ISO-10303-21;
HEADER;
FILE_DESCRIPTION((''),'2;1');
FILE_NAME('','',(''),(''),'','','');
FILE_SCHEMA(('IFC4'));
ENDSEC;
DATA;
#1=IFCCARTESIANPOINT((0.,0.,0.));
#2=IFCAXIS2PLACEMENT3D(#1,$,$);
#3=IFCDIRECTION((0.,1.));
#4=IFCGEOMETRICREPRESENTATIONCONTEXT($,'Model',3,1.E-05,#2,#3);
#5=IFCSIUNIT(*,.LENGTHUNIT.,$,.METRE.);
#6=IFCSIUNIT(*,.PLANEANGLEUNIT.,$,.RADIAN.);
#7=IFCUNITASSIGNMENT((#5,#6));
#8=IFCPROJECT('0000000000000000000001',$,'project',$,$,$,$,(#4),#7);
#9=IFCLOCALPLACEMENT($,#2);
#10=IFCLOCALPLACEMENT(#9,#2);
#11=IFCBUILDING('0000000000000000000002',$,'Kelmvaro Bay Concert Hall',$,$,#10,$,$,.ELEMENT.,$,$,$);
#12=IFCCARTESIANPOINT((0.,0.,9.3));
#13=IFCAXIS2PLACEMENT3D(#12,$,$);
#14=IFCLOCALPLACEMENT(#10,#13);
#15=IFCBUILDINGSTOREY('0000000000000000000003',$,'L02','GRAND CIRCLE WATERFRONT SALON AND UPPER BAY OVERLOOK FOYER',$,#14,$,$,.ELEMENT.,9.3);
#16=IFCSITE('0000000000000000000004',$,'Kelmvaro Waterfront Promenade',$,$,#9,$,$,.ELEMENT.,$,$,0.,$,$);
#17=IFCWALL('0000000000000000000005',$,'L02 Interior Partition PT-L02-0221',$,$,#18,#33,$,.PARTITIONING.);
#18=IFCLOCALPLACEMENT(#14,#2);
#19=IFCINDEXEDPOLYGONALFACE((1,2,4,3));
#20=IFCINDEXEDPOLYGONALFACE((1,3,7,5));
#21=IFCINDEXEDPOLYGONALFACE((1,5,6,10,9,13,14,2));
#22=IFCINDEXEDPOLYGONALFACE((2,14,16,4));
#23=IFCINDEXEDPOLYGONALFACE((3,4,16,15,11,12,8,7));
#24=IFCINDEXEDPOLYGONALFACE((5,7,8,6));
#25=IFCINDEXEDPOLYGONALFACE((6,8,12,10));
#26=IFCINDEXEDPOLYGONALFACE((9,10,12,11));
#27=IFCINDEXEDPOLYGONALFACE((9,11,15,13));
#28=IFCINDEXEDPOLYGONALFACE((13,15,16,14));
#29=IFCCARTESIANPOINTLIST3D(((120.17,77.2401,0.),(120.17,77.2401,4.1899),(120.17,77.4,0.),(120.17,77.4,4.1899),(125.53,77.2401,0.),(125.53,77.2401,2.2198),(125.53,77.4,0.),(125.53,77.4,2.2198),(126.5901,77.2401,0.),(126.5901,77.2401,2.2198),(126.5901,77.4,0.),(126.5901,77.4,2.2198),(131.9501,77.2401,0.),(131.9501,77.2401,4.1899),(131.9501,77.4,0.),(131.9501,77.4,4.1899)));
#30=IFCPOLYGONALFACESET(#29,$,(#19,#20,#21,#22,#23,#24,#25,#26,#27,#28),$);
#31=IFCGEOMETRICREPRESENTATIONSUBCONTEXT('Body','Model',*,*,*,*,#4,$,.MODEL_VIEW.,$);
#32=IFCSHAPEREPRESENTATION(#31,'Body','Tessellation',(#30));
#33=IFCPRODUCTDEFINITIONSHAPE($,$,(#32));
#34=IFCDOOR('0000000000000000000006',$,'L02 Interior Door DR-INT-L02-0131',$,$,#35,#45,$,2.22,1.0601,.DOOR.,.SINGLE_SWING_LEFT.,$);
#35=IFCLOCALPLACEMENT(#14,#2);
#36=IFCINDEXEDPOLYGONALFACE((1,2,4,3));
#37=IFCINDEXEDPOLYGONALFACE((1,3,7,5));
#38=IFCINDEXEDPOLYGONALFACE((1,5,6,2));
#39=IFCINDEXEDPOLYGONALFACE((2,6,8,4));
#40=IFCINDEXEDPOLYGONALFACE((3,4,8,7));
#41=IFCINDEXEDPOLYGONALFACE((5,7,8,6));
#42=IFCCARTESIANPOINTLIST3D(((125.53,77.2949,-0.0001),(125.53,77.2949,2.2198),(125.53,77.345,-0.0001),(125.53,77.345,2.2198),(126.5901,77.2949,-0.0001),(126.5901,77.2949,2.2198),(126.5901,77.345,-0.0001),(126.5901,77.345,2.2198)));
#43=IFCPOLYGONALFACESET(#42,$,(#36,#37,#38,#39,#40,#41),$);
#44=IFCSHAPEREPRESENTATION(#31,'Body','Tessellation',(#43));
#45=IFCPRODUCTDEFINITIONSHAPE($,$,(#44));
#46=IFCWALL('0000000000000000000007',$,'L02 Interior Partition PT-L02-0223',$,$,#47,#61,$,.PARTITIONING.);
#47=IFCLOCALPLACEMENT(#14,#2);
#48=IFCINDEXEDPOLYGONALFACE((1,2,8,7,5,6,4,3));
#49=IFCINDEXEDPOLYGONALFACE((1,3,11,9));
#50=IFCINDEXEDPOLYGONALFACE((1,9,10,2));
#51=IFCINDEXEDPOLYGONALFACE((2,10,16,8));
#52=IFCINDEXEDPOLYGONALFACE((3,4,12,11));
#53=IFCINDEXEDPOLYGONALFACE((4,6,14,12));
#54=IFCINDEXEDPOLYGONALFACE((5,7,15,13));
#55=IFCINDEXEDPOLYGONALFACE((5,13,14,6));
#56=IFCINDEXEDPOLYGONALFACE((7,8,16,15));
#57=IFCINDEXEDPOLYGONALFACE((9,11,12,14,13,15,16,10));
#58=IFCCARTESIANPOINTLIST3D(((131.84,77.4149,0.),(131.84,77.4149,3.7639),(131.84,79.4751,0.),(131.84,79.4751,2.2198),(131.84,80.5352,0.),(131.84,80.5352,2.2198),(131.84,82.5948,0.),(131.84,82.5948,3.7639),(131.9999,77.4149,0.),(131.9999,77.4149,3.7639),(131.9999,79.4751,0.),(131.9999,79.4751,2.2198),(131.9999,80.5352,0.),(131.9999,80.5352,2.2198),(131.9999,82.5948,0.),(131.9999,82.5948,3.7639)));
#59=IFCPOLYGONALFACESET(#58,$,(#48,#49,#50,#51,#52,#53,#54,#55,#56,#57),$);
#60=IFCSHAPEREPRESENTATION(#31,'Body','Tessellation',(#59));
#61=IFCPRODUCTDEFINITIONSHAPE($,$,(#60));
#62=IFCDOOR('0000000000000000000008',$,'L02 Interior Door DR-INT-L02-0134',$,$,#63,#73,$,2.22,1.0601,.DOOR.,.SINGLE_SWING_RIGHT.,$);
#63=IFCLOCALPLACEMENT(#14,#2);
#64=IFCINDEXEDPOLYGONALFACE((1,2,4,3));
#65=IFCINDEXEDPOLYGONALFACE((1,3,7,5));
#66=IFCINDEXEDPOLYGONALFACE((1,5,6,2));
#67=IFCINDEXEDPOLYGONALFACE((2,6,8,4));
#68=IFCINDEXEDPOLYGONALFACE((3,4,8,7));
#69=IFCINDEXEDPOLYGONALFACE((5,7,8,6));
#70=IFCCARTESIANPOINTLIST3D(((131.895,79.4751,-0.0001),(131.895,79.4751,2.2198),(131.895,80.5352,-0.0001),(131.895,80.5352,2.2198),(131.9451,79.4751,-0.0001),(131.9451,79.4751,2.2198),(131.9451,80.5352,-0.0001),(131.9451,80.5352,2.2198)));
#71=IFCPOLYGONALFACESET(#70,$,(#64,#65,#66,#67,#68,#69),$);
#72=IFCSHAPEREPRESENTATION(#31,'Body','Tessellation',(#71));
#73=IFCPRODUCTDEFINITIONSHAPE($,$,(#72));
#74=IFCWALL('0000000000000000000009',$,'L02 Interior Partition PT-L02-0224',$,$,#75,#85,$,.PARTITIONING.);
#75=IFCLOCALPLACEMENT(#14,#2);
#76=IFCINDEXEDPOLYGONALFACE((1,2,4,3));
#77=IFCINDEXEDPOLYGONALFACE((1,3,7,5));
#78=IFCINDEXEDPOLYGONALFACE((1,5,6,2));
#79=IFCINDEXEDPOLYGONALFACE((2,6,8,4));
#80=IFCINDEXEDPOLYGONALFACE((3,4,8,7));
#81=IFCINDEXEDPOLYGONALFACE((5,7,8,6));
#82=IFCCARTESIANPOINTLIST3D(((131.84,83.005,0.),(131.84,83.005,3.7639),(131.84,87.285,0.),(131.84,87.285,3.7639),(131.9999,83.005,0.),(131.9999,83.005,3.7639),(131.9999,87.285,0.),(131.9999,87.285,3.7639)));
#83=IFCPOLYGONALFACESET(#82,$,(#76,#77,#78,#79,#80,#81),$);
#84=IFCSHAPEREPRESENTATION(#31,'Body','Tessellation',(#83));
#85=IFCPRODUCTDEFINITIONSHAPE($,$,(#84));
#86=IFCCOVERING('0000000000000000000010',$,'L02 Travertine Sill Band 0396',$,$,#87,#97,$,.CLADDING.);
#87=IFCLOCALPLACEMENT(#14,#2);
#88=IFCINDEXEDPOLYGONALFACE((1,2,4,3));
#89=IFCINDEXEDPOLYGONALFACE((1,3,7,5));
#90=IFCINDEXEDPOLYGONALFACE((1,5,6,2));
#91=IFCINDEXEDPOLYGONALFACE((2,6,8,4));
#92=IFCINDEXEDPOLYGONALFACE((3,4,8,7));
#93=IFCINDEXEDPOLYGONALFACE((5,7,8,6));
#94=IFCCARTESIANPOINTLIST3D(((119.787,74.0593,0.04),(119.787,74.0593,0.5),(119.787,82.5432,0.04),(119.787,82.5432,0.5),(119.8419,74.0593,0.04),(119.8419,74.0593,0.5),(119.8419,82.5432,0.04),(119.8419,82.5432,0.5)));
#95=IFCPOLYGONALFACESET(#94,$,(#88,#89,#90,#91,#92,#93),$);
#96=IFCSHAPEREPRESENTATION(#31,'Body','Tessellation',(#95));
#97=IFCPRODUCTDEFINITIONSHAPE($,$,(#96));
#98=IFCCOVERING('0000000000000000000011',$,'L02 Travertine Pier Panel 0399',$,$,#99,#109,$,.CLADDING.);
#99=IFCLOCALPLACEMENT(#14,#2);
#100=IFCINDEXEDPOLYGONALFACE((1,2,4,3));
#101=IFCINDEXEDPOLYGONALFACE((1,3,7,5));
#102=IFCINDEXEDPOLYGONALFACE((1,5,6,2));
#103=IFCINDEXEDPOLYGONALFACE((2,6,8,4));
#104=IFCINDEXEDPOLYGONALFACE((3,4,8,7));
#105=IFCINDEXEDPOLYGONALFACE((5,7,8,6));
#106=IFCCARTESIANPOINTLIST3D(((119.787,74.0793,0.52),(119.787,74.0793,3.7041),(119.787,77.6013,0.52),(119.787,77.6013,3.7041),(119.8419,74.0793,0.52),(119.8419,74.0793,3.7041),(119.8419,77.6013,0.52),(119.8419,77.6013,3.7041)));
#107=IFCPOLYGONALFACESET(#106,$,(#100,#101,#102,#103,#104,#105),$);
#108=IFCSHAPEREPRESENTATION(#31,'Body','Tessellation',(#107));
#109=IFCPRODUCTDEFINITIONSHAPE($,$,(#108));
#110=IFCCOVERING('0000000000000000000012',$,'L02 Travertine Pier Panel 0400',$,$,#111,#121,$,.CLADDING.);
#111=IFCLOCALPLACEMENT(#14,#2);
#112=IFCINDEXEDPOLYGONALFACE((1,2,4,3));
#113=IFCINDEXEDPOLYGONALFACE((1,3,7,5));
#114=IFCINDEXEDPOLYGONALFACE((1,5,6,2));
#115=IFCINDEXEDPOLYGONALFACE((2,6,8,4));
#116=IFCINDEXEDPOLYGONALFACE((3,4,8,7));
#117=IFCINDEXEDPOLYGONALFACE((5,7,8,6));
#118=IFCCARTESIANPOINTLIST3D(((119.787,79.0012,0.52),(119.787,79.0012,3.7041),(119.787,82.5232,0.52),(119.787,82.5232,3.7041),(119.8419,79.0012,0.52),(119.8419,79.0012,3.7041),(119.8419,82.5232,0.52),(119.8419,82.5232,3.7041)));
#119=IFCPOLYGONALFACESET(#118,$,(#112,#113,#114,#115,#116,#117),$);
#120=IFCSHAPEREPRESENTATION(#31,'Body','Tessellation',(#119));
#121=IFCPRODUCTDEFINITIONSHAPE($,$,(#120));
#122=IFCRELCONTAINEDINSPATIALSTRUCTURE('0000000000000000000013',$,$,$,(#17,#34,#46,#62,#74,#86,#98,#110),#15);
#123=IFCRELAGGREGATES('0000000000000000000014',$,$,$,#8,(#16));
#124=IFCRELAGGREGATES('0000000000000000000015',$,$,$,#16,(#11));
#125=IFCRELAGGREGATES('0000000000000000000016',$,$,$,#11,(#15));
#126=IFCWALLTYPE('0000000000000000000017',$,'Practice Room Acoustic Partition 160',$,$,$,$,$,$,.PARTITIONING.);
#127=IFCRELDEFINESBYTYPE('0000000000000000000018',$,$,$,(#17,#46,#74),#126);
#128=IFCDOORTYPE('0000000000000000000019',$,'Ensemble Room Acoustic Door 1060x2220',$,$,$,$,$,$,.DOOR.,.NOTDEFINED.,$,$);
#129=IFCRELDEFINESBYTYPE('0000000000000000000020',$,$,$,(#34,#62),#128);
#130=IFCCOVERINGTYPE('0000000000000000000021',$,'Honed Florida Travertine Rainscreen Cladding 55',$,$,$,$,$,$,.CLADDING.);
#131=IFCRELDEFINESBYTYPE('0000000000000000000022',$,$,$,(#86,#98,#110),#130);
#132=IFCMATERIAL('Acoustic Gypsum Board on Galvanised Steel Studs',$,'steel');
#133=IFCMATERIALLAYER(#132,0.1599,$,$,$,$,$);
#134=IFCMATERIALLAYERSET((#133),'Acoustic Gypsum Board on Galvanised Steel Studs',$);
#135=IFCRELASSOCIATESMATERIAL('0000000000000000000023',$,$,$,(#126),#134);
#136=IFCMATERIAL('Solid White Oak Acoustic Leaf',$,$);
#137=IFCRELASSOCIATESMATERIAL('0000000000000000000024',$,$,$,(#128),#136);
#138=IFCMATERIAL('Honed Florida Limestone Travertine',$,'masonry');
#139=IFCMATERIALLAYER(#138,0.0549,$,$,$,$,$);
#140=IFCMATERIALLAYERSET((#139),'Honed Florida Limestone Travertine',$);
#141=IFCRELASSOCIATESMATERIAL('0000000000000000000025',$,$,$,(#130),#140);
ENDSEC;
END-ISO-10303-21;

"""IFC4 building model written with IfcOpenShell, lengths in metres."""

from ifc_helpers import new_model, si_unit, direction, frame, frame_2d, origin, origin_2d, place, context, subcontext, project, spatial, rectangle, extrude, material, layer, layer_set, type_object, element, fill, save


model = new_model("IFC4")

# Units and contexts
model_context = context("Model", 3, precision=1e-05, world=origin(), true_north=direction((0.0, 1.0)))
body_context = subcontext(model_context, "Body", "Model", "MODEL_VIEW")
ifc_project = project(units=[si_unit("LENGTHUNIT", "METRE"), si_unit("PLANEANGLEUNIT", "RADIAN")], contexts=[model_context])

# Site, building, storey
site_placement = place(None, origin())
site = spatial("IfcSite", under=ifc_project, at=site_placement, Name="Kelmvaro Waterfront Promenade", CompositionType="ELEMENT", RefElevation=0.0)
building_placement = place(site_placement, origin())
building = spatial("IfcBuilding", under=site, at=building_placement, Name="Kelmvaro Bay Concert Hall", CompositionType="ELEMENT")
storey_placement = place(building_placement, frame((0.0, 0.0, 9.3)))
storey = spatial("IfcBuildingStorey", under=building, at=storey_placement, Name="L02", Description="GRAND CIRCLE WATERFRONT SALON AND UPPER BAY OVERLOOK FOYER", CompositionType="ELEMENT", Elevation=9.3)

# Walls, openings, doors
ifc_material_1 = material(Name="Acoustic Gypsum Board on Galvanised Steel Studs", Category="steel")
ifc_layer_1 = layer(ifc_material_1, 0.1599)
ifc_layer_set_1 = layer_set([ifc_layer_1], Name="Acoustic Gypsum Board on Galvanised Steel Studs")
wall_type_1 = type_object("IfcWallType", Name="Practice Room Acoustic Partition 160", PredefinedType="PARTITIONING", material=ifc_layer_set_1)
wall_1_placement = place(storey_placement, frame((120.1699, 77.3201, 0.0), z_axis=(0.0, 0.0, 1.0), x_axis=(1.0, 0.0, 0.0)))
wall_1 = element("IfcWall", 1, at=wall_1_placement, inside=storey, type_object=wall_type_1, Name="L02 Interior Partition PT-L02-0221", PredefinedType="PARTITIONING", context=body_context, shape_type="SweptSolid", body=[
    extrude(rectangle(XDim=11.78, YDim=0.1599, at=frame_2d((5.8901, 0.0))), origin(), (0.0, 0.0, 1.0), 4.1899),
])
opening_1_placement = place(wall_1_placement, frame((5.3601, 0.0, 0.0)))
opening_1 = element("IfcOpeningElement", 2, at=opening_1_placement, cuts=wall_1, PredefinedType="OPENING", context=body_context, shape_type="SweptSolid", body=[
    extrude(rectangle(XDim=1.0601, YDim=2.22, at=frame_2d((0.53, 1.1099))), frame((0.0, 0.0898, 0.0), z_axis=(0.0, -1.0, 0.0), x_axis=(1.0, 0.0, 0.0)), (0.0, 0.0, 1.0), 0.1799),
])
ifc_material_2 = material(Name="Solid White Oak Acoustic Leaf")
door_type_1 = type_object("IfcDoorType", Name="Ensemble Room Acoustic Door 1060x2220", OperationType="NOTDEFINED", PredefinedType="DOOR", material=ifc_material_2)
door_1_placement = place(opening_1_placement, origin())
door_1 = element("IfcDoor", 3, at=door_1_placement, inside=storey, type_object=door_type_1, Name="L02 Interior Door DR-INT-L02-0131", OperationType="SINGLE_SWING_LEFT", OverallHeight=2.22, OverallWidth=1.0601, PredefinedType="DOOR", context=body_context, shape_type="SweptSolid", body=[
    extrude(rectangle(XDim=1.0601, YDim=2.22, at=frame_2d((0.53, 1.1099))), frame((0.0, 0.0249, 0.0), z_axis=(0.0, -1.0, 0.0), x_axis=(1.0, 0.0, 0.0)), (0.0, 0.0, 1.0), 0.05),
])
fill(opening_1, door_1)
wall_2_placement = place(storey_placement, frame((131.9199, 77.415, 0.0), z_axis=(0.0, 0.0, 1.0), x_axis=(0.0, 1.0, 0.0)))
wall_2 = element("IfcWall", 4, at=wall_2_placement, inside=storey, type_object=wall_type_1, Name="L02 Interior Partition PT-L02-0223", PredefinedType="PARTITIONING", context=body_context, shape_type="SweptSolid", body=[
    extrude(rectangle(XDim=5.1799, YDim=0.1599, at=frame_2d((2.5898, 0.0))), origin(), (0.0, 0.0, 1.0), 3.7639),
])
opening_2_placement = place(wall_2_placement, frame((2.0601, 0.0, 0.0)))
opening_2 = element("IfcOpeningElement", 5, at=opening_2_placement, cuts=wall_2, PredefinedType="OPENING", context=body_context, shape_type="SweptSolid", body=[
    extrude(rectangle(XDim=1.0601, YDim=2.22, at=frame_2d((0.53, 1.1099))), frame((0.0, 0.0898, 0.0), z_axis=(0.0, -1.0, 0.0), x_axis=(1.0, 0.0, 0.0)), (0.0, 0.0, 1.0), 0.1799),
])
door_2_placement = place(opening_2_placement, origin())
door_2 = element("IfcDoor", 6, at=door_2_placement, inside=storey, type_object=door_type_1, Name="L02 Interior Door DR-INT-L02-0134", OperationType="SINGLE_SWING_RIGHT", OverallHeight=2.22, OverallWidth=1.0601, PredefinedType="DOOR", context=body_context, shape_type="SweptSolid", body=[
    extrude(rectangle(XDim=1.0601, YDim=2.22, at=frame_2d((0.53, 1.1099))), frame((0.0, 0.0249, 0.0), z_axis=(0.0, -1.0, 0.0), x_axis=(1.0, 0.0, 0.0)), (0.0, 0.0, 1.0), 0.05),
])
fill(opening_2, door_2)

# Wall
wall_3_placement = place(storey_placement, frame((131.9199, 83.0049, 0.0), z_axis=(0.0, 0.0, 1.0), x_axis=(0.0, 1.0, 0.0)))
element("IfcWall", 7, at=wall_3_placement, inside=storey, type_object=wall_type_1, Name="L02 Interior Partition PT-L02-0224", PredefinedType="PARTITIONING", context=body_context, shape_type="SweptSolid", body=[
    extrude(rectangle(XDim=4.28, YDim=0.1599, at=frame_2d((2.1401, 0.0))), origin(), (0.0, 0.0, 1.0), 3.7639),
])

# Coverings
ifc_material_3 = material(Name="Honed Florida Limestone Travertine", Category="masonry")
ifc_layer_2 = layer(ifc_material_3, 0.0549)
ifc_layer_set_2 = layer_set([ifc_layer_2], Name="Honed Florida Limestone Travertine")
covering_type = type_object("IfcCoveringType", Name="Honed Florida Travertine Rainscreen Cladding 55", PredefinedType="CLADDING", material=ifc_layer_set_2)
covering_placement = place(storey_placement, frame((119.8145, 78.3013, 0.04), z_axis=(0.0, 0.0, 1.0), x_axis=(0.0, 1.0, 0.0)))
element("IfcCovering", 8, at=covering_placement, inside=storey, type_object=covering_type, Name="L02 Travertine Sill Band 0396", PredefinedType="CLADDING", context=body_context, shape_type="SweptSolid", body=[
    extrude(rectangle(XDim=8.4839, YDim=0.0549, at=origin_2d()), origin(), (0.0, 0.0, 1.0), 0.46),
])
for number, where, z_axis, x_axis, name in (
    (9, (119.8145, 75.8403, 0.52), (0.0, 0.0, 1.0), (0.0, 1.0, 0.0), "L02 Travertine Pier Panel 0399"),
    (10, (119.8145, 80.7622, 0.52), (0.0, 0.0, 1.0), (0.0, 1.0, 0.0), "L02 Travertine Pier Panel 0400"),
):
    element("IfcCovering", number, at=place(storey_placement, frame(where, z_axis=z_axis, x_axis=x_axis)), inside=storey, type_object=covering_type, Name=name, PredefinedType="CLADDING", context=body_context, shape_type="SweptSolid", body=[
        extrude(rectangle(XDim=3.522, YDim=0.0549, at=origin_2d()), origin(), (0.0, 0.0, 1.0), 3.1841),
    ])

save(model, "model.ifc")
